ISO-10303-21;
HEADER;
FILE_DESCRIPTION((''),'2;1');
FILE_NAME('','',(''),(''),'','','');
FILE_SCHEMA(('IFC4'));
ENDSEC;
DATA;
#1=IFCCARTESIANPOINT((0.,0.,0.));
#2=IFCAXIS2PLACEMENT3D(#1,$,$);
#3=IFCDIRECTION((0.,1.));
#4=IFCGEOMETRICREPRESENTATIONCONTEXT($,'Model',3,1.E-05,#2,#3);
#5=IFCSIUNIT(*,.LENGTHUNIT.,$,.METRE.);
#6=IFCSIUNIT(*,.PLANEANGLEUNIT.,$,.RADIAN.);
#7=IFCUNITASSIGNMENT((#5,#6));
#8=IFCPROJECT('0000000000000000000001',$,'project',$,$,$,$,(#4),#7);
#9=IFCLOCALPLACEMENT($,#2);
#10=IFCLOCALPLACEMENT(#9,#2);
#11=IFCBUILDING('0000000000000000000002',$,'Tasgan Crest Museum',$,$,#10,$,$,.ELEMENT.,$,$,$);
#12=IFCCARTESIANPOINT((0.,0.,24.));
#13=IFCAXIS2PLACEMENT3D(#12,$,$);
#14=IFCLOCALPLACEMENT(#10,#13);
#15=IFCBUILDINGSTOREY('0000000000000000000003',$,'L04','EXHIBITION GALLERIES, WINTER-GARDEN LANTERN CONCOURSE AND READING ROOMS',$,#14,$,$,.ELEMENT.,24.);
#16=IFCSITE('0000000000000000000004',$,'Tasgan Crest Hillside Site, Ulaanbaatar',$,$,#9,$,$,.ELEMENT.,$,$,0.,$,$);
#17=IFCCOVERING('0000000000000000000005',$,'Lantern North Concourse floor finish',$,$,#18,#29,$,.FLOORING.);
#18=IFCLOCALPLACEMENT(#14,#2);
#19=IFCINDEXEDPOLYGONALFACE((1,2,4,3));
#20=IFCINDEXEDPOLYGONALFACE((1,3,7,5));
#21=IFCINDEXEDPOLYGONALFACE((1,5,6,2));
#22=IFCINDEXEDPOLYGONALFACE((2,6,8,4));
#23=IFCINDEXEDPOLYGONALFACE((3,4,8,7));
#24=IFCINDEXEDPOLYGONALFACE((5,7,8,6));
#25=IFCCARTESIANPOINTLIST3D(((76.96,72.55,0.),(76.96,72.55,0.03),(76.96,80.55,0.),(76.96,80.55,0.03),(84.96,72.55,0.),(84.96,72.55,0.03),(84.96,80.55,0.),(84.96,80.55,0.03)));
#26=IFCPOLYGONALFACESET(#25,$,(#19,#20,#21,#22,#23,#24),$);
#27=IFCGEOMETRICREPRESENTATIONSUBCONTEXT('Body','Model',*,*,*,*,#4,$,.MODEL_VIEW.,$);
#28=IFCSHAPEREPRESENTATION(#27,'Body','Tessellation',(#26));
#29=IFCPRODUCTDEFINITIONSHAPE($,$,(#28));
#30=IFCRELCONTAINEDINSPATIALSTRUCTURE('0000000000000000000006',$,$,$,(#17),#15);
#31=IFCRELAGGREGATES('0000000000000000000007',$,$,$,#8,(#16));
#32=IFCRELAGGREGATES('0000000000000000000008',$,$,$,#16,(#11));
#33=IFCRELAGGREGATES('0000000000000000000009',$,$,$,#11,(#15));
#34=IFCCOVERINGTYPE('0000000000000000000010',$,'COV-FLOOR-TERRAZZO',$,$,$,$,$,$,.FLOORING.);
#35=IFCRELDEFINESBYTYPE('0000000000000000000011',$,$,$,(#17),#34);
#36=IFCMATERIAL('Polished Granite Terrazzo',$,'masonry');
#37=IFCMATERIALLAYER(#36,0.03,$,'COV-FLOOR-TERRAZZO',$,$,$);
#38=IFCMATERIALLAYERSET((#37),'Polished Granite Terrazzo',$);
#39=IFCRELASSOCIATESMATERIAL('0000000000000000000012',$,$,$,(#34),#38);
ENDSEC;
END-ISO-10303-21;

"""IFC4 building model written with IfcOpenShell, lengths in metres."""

from ifc_helpers import new_model, si_unit, direction, frame, origin, origin_2d, place, context, subcontext, project, spatial, rectangle, extrude, material, layer, layer_set, type_object, element, save


model = new_model("IFC4")

# Units and contexts
model_context = context("Model", 3, precision=1e-05, world=origin(), true_north=direction((0.0, 1.0)))
body_context = subcontext(model_context, "Body", "Model", "MODEL_VIEW")
ifc_project = project(units=[si_unit("LENGTHUNIT", "METRE"), si_unit("PLANEANGLEUNIT", "RADIAN")], contexts=[model_context])

# Site, building, storey
site_placement = place(None, origin())
site = spatial("IfcSite", under=ifc_project, at=site_placement, Name="Tasgan Crest Hillside Site, Ulaanbaatar", CompositionType="ELEMENT", RefElevation=0.0)
building_placement = place(site_placement, origin())
building = spatial("IfcBuilding", under=site, at=building_placement, Name="Tasgan Crest Museum", CompositionType="ELEMENT")
storey_placement = place(building_placement, frame((0.0, 0.0, 24.0)))
storey = spatial("IfcBuildingStorey", under=building, at=storey_placement, Name="L04", Description="EXHIBITION GALLERIES, WINTER-GARDEN LANTERN CONCOURSE AND READING ROOMS", CompositionType="ELEMENT", Elevation=24.0)

# Covering
ifc_material_1 = material(Name="Polished Granite Terrazzo", Category="masonry")
ifc_layer_1 = layer(ifc_material_1, 0.03, Name="COV-FLOOR-TERRAZZO")
ifc_layer_set_1 = layer_set([ifc_layer_1], Name="Polished Granite Terrazzo")
covering_type = type_object("IfcCoveringType", Name="COV-FLOOR-TERRAZZO", PredefinedType="FLOORING", material=ifc_layer_set_1)
covering_placement = place(storey_placement, frame((80.96, 76.55, 0.0), z_axis=(0.0, 0.0, 1.0), x_axis=(1.0, 0.0, 0.0)))
element("IfcCovering", 1, at=covering_placement, inside=storey, type_object=covering_type, Name="Lantern North Concourse floor finish", PredefinedType="FLOORING", context=body_context, shape_type="SweptSolid", body=[
    extrude(rectangle(XDim=8.0, YDim=8.0, at=origin_2d()), origin(), (0.0, 0.0, 1.0), 0.03),
])

save(model, "model.ifc")
